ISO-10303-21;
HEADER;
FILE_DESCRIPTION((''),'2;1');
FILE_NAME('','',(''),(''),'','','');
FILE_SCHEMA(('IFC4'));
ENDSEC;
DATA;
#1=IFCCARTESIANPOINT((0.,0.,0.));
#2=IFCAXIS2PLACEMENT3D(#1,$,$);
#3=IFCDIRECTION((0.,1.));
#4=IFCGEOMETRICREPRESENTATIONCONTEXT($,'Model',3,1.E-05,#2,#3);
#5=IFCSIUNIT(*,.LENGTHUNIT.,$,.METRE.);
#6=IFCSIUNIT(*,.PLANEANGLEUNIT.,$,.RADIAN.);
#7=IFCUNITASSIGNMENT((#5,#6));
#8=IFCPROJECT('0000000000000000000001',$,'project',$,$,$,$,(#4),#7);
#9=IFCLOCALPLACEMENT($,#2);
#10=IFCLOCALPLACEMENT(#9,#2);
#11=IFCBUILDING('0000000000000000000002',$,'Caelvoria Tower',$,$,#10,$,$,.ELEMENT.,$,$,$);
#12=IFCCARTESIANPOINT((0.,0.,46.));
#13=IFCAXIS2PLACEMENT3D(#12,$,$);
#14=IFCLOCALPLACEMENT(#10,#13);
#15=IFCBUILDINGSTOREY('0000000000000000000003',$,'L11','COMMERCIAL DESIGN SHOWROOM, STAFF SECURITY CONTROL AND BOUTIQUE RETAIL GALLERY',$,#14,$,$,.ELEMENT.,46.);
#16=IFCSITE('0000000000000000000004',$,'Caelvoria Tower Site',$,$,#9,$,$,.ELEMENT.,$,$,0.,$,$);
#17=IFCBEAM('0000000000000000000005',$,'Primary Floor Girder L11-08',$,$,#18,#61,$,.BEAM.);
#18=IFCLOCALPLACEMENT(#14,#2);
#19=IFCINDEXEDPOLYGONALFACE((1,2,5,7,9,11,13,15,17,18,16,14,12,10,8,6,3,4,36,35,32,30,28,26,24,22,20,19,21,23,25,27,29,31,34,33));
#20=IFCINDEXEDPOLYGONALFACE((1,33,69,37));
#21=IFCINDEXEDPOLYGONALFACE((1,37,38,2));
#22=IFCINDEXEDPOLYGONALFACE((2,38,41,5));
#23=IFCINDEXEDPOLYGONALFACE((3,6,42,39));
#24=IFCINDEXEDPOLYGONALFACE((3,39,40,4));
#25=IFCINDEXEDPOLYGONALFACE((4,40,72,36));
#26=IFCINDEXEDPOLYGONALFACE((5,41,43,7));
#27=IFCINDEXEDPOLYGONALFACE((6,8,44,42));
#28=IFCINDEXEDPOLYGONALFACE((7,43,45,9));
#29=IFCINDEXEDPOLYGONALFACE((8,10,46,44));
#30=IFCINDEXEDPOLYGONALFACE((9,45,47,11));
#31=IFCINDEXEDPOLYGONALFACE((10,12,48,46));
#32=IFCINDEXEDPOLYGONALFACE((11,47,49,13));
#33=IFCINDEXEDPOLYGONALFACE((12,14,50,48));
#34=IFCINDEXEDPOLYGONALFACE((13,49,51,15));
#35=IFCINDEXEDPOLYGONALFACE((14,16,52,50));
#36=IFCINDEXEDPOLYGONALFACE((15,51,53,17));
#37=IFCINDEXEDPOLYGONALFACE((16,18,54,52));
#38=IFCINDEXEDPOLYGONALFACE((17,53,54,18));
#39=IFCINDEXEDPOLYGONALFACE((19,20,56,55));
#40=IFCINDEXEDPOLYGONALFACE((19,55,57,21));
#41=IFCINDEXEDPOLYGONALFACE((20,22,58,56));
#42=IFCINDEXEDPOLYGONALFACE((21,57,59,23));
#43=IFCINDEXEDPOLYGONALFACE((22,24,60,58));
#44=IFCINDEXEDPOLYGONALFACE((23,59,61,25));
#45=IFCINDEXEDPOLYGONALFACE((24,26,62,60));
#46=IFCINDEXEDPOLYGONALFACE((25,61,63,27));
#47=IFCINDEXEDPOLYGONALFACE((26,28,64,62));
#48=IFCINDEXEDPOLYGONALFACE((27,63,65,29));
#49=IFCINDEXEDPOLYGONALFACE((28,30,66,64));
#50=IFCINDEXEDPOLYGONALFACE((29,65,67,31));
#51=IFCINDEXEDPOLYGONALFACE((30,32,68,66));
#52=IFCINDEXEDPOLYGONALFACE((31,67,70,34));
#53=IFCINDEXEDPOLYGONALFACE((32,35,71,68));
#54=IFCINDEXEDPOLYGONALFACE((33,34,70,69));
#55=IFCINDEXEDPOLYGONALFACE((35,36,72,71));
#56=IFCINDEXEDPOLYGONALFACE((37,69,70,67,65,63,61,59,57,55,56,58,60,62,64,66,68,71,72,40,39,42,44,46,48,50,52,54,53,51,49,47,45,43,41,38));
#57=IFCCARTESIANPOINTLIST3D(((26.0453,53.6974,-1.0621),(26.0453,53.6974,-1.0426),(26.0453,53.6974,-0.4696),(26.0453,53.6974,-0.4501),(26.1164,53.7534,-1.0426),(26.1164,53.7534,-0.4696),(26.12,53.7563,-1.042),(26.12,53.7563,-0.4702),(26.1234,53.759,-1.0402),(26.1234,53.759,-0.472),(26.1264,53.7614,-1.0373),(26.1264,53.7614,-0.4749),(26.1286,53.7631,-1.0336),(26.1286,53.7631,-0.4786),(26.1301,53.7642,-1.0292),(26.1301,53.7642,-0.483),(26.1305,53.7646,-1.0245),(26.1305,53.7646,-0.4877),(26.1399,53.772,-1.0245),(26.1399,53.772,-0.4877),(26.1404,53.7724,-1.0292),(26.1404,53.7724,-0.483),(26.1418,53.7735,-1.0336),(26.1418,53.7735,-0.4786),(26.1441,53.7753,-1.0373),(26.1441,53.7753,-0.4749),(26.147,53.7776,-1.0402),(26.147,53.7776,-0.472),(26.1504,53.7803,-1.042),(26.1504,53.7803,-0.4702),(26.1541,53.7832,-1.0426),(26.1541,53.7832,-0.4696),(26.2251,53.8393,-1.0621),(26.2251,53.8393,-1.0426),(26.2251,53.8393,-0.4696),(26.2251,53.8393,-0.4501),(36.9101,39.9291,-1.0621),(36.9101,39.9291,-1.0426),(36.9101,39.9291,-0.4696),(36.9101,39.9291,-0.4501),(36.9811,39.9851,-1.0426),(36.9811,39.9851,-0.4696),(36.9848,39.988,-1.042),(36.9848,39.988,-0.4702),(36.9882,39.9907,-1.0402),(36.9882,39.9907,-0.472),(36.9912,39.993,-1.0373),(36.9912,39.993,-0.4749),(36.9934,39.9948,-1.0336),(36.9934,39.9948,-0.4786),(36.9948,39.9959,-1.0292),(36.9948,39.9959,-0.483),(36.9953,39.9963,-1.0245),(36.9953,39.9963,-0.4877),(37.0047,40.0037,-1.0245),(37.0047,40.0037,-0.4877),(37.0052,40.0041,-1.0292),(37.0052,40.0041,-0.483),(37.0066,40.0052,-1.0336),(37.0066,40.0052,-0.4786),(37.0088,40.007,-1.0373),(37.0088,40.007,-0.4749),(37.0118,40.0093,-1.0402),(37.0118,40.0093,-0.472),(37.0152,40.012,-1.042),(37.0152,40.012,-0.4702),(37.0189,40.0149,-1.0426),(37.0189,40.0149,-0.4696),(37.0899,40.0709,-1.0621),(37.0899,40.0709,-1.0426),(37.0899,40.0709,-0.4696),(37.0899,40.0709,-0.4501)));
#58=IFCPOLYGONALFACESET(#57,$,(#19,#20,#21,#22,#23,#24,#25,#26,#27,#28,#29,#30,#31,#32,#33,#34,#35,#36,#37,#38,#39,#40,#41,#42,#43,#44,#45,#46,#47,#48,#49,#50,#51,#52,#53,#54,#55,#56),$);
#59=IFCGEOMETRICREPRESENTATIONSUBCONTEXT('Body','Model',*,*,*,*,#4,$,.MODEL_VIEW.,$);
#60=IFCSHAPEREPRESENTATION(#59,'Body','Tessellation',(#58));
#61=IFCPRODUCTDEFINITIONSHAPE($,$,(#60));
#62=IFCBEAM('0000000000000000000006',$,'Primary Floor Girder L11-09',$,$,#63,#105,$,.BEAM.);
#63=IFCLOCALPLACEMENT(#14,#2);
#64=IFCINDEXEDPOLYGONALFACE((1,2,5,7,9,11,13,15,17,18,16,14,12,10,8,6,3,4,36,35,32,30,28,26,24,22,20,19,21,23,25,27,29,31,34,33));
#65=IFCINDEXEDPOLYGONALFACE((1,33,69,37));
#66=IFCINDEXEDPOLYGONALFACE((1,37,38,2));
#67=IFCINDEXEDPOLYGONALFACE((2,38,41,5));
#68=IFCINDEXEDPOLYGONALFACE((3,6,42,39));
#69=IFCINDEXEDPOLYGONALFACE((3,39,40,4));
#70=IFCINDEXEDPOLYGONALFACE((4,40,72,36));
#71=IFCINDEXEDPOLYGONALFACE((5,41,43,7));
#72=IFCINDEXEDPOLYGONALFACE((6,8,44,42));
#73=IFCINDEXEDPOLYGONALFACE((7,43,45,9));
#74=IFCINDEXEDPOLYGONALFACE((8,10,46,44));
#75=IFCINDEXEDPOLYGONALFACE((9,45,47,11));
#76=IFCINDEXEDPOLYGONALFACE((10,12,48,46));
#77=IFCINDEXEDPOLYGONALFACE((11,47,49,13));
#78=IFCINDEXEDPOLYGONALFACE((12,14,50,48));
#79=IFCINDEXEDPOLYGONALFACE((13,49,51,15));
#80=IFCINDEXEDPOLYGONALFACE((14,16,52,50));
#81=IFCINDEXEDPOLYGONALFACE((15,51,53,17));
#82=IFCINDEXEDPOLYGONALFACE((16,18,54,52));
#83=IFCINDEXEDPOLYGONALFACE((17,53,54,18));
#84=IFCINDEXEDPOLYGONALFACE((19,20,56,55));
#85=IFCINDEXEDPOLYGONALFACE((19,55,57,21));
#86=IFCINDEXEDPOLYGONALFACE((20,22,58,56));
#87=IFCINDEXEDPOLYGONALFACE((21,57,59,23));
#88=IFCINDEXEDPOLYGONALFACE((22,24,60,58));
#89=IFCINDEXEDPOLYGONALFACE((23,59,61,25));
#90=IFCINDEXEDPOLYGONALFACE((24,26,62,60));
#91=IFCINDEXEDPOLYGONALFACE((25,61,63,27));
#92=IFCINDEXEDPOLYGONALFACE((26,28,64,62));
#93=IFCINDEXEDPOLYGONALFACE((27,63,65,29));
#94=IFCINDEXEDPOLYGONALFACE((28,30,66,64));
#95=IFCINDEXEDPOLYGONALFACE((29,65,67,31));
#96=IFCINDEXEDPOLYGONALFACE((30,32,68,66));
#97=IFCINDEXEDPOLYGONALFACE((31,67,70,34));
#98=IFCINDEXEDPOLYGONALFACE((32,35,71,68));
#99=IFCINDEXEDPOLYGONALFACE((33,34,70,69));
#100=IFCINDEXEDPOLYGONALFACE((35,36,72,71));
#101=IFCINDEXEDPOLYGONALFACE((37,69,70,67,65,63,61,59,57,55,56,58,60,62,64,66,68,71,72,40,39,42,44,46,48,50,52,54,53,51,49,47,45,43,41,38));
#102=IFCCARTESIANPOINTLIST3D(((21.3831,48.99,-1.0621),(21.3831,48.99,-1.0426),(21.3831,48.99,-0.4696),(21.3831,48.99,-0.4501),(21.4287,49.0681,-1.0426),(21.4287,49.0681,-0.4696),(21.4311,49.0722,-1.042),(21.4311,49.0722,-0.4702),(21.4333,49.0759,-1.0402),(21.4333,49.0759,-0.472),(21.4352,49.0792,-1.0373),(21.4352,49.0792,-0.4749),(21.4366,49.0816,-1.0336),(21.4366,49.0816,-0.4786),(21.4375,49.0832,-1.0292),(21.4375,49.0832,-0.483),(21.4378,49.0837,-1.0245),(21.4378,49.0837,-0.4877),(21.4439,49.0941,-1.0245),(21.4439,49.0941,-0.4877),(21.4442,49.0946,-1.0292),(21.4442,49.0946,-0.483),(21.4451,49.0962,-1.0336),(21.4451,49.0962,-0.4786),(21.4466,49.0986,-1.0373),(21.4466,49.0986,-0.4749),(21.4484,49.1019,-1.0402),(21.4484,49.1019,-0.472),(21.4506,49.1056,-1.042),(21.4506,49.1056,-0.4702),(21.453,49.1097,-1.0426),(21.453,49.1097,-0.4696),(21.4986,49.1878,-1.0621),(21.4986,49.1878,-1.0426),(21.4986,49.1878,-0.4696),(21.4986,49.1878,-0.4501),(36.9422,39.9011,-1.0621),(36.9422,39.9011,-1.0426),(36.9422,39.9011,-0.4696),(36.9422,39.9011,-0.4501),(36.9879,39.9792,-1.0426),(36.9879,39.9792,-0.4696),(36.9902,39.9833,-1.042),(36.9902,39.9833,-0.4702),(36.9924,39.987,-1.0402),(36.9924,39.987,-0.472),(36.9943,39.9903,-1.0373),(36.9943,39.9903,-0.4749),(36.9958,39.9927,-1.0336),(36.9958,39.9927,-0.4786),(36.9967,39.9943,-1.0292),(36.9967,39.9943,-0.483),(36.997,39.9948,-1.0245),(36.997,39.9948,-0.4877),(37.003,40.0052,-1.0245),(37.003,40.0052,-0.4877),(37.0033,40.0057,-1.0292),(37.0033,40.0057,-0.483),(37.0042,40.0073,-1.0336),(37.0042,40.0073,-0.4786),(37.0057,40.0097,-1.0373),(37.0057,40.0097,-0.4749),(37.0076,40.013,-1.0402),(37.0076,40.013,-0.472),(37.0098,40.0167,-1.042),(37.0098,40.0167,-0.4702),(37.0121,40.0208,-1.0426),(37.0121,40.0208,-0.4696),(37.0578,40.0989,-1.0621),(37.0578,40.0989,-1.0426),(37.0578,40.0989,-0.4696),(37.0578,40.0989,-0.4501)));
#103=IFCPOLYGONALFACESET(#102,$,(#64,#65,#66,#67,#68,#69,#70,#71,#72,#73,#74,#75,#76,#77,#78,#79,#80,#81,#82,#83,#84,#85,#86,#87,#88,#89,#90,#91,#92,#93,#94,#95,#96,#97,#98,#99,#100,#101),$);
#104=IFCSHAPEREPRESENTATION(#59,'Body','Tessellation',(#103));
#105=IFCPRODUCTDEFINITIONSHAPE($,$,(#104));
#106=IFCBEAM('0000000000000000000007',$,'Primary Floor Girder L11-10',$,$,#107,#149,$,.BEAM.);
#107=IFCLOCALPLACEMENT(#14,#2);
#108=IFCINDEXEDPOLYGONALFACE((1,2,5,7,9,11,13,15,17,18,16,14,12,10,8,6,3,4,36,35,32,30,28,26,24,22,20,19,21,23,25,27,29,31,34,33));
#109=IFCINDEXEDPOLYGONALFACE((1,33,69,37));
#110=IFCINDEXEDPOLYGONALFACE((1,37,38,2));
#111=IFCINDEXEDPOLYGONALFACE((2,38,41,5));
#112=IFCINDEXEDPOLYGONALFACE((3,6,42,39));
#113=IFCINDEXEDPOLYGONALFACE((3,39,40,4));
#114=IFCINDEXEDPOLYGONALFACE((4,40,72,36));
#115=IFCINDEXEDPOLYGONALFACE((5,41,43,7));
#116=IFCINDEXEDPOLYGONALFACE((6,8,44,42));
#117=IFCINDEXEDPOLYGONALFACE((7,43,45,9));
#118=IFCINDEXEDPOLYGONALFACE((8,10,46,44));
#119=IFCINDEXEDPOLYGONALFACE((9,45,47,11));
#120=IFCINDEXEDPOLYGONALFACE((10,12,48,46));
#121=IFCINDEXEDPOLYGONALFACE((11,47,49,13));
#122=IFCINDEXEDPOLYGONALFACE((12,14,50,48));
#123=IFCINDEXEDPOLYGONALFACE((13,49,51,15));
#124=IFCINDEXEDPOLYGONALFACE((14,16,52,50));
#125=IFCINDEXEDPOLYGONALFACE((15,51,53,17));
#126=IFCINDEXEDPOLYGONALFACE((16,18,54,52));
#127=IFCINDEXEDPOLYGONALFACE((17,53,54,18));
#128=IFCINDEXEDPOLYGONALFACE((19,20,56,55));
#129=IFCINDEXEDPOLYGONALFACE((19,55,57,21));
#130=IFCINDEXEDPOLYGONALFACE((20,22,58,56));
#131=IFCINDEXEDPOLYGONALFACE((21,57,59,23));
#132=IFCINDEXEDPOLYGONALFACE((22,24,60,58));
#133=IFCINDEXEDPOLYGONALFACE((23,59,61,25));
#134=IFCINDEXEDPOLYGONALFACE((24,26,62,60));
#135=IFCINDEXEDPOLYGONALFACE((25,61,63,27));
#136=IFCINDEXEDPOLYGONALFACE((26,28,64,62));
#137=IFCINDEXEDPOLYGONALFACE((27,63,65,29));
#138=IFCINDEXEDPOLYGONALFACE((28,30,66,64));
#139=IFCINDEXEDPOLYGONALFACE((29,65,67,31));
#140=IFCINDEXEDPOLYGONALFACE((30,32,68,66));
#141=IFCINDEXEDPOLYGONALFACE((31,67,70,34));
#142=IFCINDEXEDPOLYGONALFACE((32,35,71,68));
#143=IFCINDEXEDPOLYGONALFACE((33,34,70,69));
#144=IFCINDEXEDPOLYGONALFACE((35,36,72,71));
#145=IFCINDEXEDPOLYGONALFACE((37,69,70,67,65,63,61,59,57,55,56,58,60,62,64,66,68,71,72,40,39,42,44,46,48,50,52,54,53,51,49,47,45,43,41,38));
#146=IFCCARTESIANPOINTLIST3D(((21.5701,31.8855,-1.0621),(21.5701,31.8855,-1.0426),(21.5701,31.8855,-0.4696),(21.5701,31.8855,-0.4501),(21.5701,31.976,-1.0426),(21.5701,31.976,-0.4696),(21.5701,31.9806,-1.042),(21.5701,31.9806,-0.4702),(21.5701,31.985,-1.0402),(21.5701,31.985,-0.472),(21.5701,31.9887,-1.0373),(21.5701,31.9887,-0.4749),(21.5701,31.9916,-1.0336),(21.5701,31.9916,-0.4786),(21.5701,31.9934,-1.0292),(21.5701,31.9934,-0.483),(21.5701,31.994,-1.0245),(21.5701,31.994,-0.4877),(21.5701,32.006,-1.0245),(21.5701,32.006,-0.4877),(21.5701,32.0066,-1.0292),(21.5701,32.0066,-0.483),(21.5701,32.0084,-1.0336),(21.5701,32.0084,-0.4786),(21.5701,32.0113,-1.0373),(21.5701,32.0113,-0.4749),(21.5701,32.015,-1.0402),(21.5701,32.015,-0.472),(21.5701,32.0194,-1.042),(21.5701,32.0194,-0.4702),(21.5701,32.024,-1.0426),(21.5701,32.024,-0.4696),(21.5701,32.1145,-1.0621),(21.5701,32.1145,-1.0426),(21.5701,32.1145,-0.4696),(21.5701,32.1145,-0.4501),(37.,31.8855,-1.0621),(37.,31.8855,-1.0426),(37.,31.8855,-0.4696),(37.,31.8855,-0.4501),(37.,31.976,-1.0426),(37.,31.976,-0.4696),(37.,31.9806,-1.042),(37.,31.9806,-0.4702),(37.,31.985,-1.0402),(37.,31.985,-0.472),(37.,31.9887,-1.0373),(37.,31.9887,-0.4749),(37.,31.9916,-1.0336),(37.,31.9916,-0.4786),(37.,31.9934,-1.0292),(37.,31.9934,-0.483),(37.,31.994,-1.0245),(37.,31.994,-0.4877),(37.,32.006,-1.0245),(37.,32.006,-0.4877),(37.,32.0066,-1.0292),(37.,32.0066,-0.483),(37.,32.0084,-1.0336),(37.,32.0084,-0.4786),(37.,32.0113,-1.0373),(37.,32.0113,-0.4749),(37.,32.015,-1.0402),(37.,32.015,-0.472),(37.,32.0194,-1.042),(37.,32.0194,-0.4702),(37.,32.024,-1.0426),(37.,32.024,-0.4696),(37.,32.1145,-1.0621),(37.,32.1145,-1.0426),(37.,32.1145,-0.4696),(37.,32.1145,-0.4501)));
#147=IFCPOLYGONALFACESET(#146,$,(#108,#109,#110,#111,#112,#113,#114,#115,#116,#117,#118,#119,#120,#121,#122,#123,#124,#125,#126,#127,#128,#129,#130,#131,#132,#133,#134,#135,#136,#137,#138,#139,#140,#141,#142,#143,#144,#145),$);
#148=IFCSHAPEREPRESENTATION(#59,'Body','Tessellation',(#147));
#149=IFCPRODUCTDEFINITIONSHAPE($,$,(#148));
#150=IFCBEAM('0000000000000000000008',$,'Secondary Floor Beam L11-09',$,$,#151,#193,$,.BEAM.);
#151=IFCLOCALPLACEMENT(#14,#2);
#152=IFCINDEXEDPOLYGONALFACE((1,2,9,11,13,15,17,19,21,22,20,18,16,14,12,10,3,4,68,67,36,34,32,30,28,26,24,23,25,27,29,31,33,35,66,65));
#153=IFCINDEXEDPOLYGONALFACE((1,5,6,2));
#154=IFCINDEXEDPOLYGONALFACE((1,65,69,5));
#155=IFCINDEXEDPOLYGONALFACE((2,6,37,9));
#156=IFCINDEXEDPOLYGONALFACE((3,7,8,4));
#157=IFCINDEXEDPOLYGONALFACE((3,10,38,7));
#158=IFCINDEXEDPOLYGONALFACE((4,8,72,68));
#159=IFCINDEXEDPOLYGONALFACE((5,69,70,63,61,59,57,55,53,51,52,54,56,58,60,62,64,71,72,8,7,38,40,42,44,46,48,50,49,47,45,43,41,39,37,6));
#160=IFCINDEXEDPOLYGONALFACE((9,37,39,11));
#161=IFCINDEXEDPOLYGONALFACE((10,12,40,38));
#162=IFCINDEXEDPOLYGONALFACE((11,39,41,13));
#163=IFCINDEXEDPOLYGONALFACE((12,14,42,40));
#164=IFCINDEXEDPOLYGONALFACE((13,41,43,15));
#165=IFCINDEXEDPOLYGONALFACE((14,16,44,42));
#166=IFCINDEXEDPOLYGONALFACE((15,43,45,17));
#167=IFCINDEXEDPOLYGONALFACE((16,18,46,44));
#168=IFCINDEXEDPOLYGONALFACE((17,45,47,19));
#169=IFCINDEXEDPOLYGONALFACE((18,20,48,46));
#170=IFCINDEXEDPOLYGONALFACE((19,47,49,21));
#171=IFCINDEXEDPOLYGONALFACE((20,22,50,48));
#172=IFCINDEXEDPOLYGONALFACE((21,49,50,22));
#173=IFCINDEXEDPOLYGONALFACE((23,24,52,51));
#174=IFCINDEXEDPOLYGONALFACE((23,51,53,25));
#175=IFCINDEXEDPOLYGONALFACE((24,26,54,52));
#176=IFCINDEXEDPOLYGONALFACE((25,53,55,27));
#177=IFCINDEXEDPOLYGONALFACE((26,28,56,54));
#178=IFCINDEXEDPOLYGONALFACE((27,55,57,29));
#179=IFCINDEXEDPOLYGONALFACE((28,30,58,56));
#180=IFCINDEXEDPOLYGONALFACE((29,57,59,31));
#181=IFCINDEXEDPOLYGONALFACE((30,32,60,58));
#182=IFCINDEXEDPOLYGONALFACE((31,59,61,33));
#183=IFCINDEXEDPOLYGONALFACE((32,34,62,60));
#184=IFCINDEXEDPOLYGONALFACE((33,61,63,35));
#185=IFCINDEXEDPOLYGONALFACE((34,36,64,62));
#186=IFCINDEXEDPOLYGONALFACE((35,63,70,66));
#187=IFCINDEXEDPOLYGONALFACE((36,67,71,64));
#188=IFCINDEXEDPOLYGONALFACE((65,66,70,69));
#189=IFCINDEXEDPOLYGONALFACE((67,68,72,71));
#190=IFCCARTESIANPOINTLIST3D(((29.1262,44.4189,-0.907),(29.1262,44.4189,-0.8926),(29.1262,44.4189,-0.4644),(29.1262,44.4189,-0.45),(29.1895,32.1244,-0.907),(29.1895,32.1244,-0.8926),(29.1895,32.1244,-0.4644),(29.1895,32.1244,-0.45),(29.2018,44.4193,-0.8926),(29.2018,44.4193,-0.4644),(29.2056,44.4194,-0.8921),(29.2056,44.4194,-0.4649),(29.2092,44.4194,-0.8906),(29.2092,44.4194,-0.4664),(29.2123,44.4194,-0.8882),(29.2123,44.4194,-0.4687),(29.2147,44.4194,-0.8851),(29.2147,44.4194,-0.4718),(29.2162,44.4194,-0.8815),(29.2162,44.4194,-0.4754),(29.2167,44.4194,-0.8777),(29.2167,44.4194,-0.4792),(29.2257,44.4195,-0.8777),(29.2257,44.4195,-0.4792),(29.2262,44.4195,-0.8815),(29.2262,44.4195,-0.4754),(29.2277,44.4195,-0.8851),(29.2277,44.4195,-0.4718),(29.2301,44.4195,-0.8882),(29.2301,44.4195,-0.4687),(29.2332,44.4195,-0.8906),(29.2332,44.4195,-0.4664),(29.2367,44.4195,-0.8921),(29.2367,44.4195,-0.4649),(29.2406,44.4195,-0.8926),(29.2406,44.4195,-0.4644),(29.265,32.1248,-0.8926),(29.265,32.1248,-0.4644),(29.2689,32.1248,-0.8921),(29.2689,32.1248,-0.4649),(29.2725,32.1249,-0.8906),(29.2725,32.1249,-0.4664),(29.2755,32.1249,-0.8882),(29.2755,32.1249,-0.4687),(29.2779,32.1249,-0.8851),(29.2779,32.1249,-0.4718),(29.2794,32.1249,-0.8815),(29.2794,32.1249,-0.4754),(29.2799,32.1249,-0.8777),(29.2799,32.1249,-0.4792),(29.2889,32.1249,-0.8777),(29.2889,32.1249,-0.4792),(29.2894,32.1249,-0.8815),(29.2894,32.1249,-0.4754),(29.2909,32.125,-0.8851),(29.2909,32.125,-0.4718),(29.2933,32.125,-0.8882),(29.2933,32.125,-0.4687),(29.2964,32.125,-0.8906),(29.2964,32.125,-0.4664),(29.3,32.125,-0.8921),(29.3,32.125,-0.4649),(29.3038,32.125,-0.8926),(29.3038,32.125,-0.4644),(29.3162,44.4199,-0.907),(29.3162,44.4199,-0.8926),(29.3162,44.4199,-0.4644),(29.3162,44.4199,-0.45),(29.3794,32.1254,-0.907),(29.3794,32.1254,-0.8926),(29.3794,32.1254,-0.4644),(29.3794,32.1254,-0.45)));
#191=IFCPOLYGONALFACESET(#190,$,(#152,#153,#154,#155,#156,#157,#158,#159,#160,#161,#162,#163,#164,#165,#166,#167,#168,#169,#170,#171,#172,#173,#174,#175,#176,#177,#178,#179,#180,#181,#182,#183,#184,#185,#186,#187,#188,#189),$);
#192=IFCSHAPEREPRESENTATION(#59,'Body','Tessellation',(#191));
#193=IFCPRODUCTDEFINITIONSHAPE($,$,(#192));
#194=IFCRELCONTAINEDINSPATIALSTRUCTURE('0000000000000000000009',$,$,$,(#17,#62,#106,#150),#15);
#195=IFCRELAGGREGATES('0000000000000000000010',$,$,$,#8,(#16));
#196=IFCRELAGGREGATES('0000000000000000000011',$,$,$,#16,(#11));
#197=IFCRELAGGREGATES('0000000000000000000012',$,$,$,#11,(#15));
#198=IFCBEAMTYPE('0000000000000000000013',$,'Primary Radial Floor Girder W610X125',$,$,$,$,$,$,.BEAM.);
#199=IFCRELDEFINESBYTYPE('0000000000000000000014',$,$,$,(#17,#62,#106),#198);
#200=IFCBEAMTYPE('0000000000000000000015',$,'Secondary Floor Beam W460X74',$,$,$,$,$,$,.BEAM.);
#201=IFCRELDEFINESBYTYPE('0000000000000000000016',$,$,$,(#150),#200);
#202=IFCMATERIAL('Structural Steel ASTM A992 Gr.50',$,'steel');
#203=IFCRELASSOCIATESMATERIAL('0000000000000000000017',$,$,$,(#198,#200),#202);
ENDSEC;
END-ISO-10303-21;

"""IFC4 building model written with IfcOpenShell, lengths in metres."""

from ifc_helpers import new_model, si_unit, direction, frame, origin, origin_2d, place, context, subcontext, project, spatial, i_section, extrude, material, material_profile, profile_set, type_object, element, save


model = new_model("IFC4")

# Units and contexts
model_context = context("Model", 3, precision=1e-05, world=origin(), true_north=direction((0.0, 1.0)))
body_context = subcontext(model_context, "Body", "Model", "MODEL_VIEW")
ifc_project = project(units=[si_unit("LENGTHUNIT", "METRE"), si_unit("PLANEANGLEUNIT", "RADIAN")], contexts=[model_context])

# Site, building, storey
site_placement = place(None, origin())
site = spatial("IfcSite", under=ifc_project, at=site_placement, Name="Caelvoria Tower Site", CompositionType="ELEMENT", RefElevation=0.0)
building_placement = place(site_placement, origin())
building = spatial("IfcBuilding", under=site, at=building_placement, Name="Caelvoria Tower", CompositionType="ELEMENT")
storey_placement = place(building_placement, frame((0.0, 0.0, 46.0)))
storey = spatial("IfcBuildingStorey", under=building, at=storey_placement, Name="L11", Description="COMMERCIAL DESIGN SHOWROOM, STAFF SECURITY CONTROL AND BOUTIQUE RETAIL GALLERY", CompositionType="ELEMENT", Elevation=46.0)

# Beams
ifc_material_1 = material(Name="Structural Steel ASTM A992 Gr.50", Category="steel")
ifc_material_profile_1 = material_profile(ifc_material_1, i_section(OverallWidth=0.229, OverallDepth=0.6121, WebThickness=0.012, FlangeThickness=0.0195, FilletRadius=0.0181, at=origin_2d()), Name="Structural Steel ASTM A992 Gr.50")
ifc_profile_set_1 = profile_set([ifc_material_profile_1], Name="W610X125 - Structural Steel ASTM A992 Gr.50")
beam_type_1 = type_object("IfcBeamType", Name="Primary Radial Floor Girder W610X125", PredefinedType="BEAM", material=ifc_profile_set_1)
beam_1_placement = place(storey_placement, frame((37.0, 40.0, -0.7561), z_axis=(-0.61947, 0.785021, 0.0), x_axis=(-0.785021, -0.61947, 0.0)))
element("IfcBeam", 1, at=beam_1_placement, inside=storey, type_object=beam_type_1, Name="Primary Floor Girder L11-08", PredefinedType="BEAM", context=body_context, shape_type="SweptSolid", body=[
    extrude(i_section(OverallWidth=0.229, OverallDepth=0.6121, WebThickness=0.012, FlangeThickness=0.0195, FilletRadius=0.0181, at=origin_2d()), origin(), (0.0, 0.0, 1.0), 17.5388),
])
beam_2_placement = place(storey_placement, frame((37.0, 40.0, -0.7561), z_axis=(-0.863471, 0.504398, 0.0), x_axis=(-0.504398, -0.863471, 0.0)))
element("IfcBeam", 2, at=beam_2_placement, inside=storey, type_object=beam_type_1, Name="Primary Floor Girder L11-09", PredefinedType="BEAM", context=body_context, shape_type="SweptSolid", body=[
    extrude(i_section(OverallWidth=0.229, OverallDepth=0.6121, WebThickness=0.012, FlangeThickness=0.0195, FilletRadius=0.0181, at=origin_2d()), origin(), (0.0, 0.0, 1.0), 18.0193),
])
beam_3_placement = place(storey_placement, frame((37.0, 32.0, -0.7561), z_axis=(-1.0, 0.0, 0.0), x_axis=(0.0, -1.0, 0.0)))
element("IfcBeam", 3, at=beam_3_placement, inside=storey, type_object=beam_type_1, Name="Primary Floor Girder L11-10", PredefinedType="BEAM", context=body_context, shape_type="SweptSolid", body=[
    extrude(i_section(OverallWidth=0.229, OverallDepth=0.6121, WebThickness=0.012, FlangeThickness=0.0195, FilletRadius=0.0181, at=origin_2d()), origin(), (0.0, 0.0, 1.0), 15.4299),
])
ifc_material_profile_2 = material_profile(ifc_material_1, i_section(OverallWidth=0.1899, OverallDepth=0.457, WebThickness=0.009, FlangeThickness=0.0144, FilletRadius=0.0149, at=origin_2d()), Name="Structural Steel ASTM A992 Gr.50")
ifc_profile_set_2 = profile_set([ifc_material_profile_2], Name="W460X74 - Structural Steel ASTM A992 Gr.50")
beam_type_2 = type_object("IfcBeamType", Name="Secondary Floor Beam W460X74", PredefinedType="BEAM", material=ifc_profile_set_2)
for number, where, z_axis, x_axis, name in (
    (4, (29.2212, 44.4194, -0.6785), (0.005143, -0.999987, 0.0), (0.999987, 0.005143, 0.0), "Secondary Floor Beam L11-09"),
):
    element("IfcBeam", number, at=place(storey_placement, frame(where, z_axis=z_axis, x_axis=x_axis)), inside=storey, type_object=beam_type_2, Name=name, PredefinedType="BEAM", context=body_context, shape_type="SweptSolid", body=[
        extrude(i_section(OverallWidth=0.1899, OverallDepth=0.457, WebThickness=0.009, FlangeThickness=0.0144, FilletRadius=0.0149, at=origin_2d()), origin(), (0.0, 0.0, 1.0), 12.2947),
    ])

save(model, "model.ifc")
